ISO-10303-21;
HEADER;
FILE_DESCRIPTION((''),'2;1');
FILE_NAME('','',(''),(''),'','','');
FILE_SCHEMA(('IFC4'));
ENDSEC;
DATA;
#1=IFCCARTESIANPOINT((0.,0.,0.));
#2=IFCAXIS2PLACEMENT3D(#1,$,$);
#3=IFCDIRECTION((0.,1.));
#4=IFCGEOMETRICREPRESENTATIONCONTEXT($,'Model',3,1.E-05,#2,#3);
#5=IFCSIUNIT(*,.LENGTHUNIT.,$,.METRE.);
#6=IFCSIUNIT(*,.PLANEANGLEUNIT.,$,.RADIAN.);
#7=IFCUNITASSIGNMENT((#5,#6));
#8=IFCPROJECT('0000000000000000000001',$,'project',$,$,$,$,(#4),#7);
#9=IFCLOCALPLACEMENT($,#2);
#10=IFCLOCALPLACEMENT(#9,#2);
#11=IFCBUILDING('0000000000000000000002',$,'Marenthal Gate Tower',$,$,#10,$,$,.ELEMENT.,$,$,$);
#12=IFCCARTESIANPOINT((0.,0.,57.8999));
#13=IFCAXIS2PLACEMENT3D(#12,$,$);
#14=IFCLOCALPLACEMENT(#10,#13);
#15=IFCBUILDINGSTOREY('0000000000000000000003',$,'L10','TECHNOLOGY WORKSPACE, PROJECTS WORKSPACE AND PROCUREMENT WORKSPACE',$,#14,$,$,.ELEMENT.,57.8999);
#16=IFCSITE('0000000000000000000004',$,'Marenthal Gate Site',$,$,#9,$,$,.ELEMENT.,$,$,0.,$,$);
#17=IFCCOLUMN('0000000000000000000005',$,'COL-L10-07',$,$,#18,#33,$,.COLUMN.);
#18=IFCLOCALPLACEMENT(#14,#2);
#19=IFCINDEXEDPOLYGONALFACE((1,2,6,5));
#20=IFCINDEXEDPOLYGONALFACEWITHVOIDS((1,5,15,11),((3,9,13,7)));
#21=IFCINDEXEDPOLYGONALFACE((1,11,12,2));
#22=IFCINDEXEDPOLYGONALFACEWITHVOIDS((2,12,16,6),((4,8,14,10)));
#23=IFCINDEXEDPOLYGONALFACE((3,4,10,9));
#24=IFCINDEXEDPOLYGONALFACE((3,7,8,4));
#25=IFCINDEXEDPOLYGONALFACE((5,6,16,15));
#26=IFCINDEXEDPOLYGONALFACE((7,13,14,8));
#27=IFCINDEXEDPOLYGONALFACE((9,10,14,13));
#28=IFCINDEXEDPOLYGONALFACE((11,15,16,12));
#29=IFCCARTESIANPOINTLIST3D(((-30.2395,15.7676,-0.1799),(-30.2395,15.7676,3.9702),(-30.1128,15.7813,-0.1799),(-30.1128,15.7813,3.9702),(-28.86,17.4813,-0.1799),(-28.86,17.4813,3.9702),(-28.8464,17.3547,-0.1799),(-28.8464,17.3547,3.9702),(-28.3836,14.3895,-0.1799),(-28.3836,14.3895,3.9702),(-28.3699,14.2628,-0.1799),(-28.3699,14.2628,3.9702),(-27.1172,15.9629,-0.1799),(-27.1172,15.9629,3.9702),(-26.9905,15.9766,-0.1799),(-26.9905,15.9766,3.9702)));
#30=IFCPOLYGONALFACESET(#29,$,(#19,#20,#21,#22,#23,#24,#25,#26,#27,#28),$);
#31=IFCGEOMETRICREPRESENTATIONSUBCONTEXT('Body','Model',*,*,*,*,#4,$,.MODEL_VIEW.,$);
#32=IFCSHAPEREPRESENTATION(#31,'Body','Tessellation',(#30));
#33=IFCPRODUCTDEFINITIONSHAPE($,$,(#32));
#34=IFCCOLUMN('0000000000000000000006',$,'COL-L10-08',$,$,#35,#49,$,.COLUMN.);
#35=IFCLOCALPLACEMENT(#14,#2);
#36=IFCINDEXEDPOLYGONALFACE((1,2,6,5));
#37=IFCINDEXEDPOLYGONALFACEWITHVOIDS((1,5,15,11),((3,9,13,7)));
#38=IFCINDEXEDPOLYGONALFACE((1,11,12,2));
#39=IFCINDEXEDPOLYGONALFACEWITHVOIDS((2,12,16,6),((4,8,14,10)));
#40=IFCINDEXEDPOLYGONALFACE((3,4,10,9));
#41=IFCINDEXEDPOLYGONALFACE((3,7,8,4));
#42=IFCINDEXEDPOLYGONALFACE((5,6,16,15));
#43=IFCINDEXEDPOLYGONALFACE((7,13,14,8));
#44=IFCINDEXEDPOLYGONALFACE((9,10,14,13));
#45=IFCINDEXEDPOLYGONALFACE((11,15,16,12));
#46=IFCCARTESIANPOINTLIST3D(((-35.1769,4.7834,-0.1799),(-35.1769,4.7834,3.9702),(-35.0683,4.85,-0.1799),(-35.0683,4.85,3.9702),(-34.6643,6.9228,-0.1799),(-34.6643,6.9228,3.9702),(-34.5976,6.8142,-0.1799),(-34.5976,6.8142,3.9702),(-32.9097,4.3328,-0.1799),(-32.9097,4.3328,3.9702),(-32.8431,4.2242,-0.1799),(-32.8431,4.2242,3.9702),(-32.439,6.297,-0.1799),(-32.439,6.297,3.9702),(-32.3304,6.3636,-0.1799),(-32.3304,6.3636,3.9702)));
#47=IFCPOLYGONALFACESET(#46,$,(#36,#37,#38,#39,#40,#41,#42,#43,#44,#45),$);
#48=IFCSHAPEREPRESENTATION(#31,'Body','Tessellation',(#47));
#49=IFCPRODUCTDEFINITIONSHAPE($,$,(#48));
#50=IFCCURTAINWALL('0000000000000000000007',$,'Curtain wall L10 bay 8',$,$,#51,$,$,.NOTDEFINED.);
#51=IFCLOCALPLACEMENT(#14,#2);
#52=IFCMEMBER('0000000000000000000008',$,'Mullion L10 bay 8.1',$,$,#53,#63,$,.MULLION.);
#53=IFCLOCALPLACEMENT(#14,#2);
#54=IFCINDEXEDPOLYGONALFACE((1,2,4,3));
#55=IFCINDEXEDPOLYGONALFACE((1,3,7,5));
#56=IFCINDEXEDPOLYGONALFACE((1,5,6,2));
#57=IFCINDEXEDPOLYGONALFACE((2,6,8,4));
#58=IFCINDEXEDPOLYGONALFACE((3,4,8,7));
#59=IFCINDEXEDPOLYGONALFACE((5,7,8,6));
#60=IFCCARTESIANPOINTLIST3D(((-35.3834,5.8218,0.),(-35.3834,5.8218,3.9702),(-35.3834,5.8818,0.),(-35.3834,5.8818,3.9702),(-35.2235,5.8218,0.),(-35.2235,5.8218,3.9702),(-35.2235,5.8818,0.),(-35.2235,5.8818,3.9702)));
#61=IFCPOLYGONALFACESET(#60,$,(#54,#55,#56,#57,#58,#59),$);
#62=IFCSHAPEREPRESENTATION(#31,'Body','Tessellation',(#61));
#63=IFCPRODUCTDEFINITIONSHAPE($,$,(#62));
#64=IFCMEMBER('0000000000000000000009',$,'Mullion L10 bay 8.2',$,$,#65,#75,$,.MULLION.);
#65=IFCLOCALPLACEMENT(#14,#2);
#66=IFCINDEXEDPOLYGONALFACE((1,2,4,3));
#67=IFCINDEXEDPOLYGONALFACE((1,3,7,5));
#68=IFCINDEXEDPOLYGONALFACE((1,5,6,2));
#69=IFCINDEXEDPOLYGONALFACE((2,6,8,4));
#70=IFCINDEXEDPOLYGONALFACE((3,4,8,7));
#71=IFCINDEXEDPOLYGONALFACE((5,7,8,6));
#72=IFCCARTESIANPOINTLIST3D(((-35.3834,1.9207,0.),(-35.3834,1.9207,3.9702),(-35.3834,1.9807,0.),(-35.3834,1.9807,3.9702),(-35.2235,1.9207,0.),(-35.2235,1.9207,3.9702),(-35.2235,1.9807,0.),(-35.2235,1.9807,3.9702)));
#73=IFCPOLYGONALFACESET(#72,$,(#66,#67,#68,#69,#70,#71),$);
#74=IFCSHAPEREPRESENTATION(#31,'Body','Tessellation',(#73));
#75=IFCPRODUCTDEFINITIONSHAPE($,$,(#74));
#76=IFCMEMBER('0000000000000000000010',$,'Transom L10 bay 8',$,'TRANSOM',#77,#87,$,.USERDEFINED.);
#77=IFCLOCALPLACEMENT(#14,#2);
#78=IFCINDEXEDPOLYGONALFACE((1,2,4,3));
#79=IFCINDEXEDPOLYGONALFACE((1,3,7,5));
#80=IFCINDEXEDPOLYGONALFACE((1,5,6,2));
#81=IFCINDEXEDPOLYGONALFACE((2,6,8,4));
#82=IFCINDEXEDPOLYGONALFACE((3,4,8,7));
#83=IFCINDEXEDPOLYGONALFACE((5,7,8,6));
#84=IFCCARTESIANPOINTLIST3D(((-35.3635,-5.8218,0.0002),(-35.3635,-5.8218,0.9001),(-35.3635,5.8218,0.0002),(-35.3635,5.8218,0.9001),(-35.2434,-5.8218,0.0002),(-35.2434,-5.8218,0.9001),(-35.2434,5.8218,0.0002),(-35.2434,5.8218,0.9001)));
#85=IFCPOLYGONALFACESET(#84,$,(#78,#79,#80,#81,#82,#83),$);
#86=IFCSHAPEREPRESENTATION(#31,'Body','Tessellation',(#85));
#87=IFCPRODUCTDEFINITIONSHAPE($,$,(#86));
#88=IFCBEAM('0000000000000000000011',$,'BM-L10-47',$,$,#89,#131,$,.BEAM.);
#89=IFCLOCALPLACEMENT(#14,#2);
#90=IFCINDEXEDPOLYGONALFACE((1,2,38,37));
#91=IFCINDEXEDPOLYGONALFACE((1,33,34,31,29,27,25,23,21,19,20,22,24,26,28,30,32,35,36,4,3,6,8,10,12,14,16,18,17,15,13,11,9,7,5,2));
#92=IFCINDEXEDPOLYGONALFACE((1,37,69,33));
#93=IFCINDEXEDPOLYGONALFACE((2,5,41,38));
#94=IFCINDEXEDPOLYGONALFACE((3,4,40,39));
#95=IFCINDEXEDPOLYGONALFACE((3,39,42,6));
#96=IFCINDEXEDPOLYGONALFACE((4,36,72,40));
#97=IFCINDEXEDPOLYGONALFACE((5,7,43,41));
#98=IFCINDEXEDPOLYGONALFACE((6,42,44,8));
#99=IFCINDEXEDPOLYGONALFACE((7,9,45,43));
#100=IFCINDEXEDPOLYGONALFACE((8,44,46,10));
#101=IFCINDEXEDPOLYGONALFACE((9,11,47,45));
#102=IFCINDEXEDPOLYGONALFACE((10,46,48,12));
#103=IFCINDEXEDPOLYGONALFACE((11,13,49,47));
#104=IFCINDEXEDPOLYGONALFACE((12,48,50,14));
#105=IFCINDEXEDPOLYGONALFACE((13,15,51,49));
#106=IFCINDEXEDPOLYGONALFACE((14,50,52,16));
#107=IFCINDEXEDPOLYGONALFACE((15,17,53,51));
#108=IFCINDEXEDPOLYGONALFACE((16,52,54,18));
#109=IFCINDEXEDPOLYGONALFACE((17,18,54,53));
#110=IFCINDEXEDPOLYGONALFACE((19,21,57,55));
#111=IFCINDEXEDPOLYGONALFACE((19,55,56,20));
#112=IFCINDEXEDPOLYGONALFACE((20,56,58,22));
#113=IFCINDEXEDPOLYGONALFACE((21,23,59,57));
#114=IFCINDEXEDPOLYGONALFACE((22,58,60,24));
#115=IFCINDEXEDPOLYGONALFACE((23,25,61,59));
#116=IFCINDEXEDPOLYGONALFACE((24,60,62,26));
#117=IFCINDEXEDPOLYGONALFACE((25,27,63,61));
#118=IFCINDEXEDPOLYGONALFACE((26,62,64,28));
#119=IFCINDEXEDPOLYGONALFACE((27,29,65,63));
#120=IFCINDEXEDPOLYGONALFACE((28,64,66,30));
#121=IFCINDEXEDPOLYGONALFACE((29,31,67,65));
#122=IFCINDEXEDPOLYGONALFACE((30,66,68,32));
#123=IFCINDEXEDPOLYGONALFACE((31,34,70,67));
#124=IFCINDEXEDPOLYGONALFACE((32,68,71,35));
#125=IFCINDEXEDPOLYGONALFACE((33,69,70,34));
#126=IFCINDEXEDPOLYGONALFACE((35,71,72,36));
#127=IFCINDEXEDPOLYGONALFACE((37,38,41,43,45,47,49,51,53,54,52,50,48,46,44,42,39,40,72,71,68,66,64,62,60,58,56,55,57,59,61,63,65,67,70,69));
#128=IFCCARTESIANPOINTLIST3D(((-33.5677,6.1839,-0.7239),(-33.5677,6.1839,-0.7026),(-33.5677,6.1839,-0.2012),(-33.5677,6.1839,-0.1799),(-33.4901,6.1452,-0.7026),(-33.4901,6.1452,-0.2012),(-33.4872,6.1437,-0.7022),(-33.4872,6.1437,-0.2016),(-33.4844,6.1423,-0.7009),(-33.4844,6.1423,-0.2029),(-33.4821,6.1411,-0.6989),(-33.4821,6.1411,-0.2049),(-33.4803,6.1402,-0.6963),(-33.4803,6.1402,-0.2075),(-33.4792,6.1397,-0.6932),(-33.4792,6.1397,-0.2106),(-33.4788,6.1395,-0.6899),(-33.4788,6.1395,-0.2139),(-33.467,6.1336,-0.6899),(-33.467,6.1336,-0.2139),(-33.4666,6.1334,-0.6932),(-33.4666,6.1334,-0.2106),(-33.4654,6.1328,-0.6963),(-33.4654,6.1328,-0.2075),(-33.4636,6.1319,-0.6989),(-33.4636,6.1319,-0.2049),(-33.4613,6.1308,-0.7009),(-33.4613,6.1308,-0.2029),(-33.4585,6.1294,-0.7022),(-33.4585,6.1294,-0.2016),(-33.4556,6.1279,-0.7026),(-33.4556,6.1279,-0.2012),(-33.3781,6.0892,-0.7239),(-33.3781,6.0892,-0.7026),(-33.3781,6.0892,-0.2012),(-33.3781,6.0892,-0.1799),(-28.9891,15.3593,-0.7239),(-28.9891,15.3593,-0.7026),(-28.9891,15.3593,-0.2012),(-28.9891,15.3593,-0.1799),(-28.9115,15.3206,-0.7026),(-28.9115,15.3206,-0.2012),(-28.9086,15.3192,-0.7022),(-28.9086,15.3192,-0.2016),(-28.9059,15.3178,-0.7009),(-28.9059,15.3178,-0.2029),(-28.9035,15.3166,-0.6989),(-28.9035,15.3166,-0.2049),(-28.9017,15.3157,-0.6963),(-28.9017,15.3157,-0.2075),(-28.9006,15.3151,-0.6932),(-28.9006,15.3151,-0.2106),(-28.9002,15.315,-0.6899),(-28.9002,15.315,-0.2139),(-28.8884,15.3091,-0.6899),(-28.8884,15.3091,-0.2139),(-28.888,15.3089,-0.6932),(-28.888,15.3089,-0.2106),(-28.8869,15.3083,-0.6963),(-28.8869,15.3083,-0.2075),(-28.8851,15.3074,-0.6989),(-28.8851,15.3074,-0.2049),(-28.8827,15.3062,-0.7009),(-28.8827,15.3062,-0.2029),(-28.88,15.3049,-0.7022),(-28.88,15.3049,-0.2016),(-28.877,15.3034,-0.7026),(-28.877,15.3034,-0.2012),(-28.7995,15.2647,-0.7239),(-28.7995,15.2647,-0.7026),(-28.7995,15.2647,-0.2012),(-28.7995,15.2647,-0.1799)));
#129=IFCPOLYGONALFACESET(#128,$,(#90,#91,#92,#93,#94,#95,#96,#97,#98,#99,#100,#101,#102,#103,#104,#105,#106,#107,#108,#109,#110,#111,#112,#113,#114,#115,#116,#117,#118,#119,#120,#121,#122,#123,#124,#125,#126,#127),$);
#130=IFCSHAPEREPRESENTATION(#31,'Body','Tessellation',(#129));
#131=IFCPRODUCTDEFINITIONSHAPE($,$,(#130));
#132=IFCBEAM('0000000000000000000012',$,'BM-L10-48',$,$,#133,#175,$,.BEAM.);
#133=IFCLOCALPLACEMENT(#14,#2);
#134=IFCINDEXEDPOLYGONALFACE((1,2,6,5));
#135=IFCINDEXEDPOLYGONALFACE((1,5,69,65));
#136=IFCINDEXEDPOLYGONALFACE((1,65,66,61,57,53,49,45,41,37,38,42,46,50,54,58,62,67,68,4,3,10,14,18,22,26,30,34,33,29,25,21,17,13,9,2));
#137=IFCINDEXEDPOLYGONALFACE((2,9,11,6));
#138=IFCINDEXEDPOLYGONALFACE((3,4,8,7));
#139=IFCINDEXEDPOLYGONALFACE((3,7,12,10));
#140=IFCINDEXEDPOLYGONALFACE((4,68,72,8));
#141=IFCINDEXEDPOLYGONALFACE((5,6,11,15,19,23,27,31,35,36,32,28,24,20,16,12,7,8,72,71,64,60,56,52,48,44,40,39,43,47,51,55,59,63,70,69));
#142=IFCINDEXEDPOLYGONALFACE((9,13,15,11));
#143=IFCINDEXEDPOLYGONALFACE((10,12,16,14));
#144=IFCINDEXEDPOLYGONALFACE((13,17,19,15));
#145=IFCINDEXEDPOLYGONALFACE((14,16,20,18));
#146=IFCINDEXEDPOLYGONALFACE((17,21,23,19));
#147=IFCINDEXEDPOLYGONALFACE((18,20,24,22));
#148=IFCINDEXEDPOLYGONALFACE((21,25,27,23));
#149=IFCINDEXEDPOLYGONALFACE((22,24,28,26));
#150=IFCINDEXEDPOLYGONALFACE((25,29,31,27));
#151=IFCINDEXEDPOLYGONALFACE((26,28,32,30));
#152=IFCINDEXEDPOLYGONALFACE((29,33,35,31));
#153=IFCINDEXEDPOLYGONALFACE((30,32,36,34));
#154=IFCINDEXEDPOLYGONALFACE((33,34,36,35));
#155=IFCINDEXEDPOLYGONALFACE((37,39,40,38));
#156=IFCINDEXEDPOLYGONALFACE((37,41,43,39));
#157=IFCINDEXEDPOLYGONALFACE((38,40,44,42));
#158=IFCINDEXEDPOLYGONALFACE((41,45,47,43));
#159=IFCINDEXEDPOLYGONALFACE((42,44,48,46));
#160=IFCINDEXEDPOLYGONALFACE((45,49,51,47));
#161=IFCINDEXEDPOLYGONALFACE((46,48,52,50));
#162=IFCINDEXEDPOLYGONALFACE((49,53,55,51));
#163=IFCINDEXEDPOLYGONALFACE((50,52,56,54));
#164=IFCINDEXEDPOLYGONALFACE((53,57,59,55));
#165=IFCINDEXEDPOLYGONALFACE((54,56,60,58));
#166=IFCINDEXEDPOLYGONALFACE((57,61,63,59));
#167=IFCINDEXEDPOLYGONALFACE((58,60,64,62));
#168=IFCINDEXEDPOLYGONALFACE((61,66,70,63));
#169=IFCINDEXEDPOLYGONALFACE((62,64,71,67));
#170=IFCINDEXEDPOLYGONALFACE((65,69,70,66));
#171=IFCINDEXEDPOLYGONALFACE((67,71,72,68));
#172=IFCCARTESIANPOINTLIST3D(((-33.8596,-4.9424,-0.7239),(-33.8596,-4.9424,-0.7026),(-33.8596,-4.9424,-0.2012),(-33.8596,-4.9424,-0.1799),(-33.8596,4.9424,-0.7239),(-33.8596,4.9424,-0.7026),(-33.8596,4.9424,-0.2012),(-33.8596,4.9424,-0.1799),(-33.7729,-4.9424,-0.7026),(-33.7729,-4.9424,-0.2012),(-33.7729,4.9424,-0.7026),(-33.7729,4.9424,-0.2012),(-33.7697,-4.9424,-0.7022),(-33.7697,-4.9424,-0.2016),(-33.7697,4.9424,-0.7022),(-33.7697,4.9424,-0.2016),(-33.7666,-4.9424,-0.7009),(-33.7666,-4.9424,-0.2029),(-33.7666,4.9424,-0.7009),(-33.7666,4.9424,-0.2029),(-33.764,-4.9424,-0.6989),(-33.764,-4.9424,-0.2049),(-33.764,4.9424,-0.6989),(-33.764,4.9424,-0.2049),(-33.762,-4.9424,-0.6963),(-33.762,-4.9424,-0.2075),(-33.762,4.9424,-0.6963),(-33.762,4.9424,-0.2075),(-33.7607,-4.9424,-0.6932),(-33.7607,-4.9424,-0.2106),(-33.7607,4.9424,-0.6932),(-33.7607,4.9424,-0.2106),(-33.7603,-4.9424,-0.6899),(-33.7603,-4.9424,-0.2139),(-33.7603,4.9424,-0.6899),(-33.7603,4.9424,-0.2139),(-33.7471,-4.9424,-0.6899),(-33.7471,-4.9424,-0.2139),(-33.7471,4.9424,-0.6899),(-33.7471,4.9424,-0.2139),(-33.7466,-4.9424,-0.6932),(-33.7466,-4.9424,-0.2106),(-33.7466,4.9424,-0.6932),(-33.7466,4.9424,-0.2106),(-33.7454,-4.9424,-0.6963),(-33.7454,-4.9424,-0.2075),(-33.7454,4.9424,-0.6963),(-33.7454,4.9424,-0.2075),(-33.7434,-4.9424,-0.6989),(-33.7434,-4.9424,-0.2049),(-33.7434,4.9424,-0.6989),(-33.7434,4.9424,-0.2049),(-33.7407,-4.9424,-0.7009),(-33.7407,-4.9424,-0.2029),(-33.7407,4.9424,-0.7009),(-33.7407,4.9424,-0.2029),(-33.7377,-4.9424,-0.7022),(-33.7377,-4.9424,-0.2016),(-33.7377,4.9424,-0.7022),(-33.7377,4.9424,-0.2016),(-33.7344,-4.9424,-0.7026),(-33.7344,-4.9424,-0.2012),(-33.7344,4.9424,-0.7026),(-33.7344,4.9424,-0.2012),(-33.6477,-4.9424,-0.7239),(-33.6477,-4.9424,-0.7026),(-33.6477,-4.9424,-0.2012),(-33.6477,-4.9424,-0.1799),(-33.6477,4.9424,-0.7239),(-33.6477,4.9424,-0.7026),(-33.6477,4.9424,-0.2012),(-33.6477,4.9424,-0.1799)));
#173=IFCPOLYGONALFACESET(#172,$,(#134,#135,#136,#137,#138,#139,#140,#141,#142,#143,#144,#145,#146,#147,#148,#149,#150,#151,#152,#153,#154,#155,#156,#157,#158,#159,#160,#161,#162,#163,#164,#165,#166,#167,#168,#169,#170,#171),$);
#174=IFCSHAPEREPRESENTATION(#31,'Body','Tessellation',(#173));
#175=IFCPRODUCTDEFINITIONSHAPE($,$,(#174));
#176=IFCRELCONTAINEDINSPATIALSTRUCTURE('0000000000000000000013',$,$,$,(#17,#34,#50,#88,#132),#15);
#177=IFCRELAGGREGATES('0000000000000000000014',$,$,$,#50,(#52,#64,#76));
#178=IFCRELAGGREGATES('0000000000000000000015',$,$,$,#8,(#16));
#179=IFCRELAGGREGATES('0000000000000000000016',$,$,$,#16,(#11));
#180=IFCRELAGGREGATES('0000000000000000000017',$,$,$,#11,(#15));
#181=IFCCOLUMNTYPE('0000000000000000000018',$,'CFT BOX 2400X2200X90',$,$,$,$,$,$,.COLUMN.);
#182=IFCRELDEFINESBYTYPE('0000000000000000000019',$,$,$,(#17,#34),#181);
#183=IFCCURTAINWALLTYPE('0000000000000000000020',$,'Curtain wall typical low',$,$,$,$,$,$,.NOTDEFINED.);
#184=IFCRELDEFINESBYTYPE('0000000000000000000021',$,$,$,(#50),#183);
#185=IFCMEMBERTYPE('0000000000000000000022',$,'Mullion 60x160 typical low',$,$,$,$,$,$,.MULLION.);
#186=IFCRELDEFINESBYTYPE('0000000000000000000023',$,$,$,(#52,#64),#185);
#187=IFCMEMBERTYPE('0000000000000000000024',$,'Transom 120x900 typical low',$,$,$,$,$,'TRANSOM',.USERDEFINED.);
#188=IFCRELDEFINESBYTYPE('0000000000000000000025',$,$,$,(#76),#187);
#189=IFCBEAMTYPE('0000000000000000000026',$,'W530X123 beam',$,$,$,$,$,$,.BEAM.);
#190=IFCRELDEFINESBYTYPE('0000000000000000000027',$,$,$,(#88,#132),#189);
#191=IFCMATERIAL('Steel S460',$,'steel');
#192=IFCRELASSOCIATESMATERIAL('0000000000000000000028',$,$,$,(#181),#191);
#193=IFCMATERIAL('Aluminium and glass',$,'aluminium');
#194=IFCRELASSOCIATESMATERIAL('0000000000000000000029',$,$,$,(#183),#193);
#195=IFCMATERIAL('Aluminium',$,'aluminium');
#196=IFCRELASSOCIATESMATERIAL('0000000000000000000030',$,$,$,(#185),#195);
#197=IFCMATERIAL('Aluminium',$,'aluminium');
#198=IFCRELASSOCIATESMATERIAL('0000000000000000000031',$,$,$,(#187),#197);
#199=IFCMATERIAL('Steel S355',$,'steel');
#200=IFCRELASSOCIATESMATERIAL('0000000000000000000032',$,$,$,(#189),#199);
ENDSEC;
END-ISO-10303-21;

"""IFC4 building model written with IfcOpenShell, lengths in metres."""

from ifc_helpers import new_model, si_unit, direction, frame, origin, origin_2d, place, context, subcontext, project, spatial, rectangle, hollow_rectangle, i_section, extrude, material, material_profile, profile_set, type_object, element, aggregate, save


model = new_model("IFC4")

# Units and contexts
model_context = context("Model", 3, precision=1e-05, world=origin(), true_north=direction((0.0, 1.0)))
body_context = subcontext(model_context, "Body", "Model", "MODEL_VIEW")
ifc_project = project(units=[si_unit("LENGTHUNIT", "METRE"), si_unit("PLANEANGLEUNIT", "RADIAN")], contexts=[model_context])

# Site, building, storey
site_placement = place(None, origin())
site = spatial("IfcSite", under=ifc_project, at=site_placement, Name="Marenthal Gate Site", CompositionType="ELEMENT", RefElevation=0.0)
building_placement = place(site_placement, origin())
building = spatial("IfcBuilding", under=site, at=building_placement, Name="Marenthal Gate Tower", CompositionType="ELEMENT")
storey_placement = place(building_placement, frame((0.0, 0.0, 57.8999)))
storey = spatial("IfcBuildingStorey", under=building, at=storey_placement, Name="L10", Description="TECHNOLOGY WORKSPACE, PROJECTS WORKSPACE AND PROCUREMENT WORKSPACE", CompositionType="ELEMENT", Elevation=57.8999)

# Columns
ifc_material_1 = material(Name="Steel S460", Category="steel")
ifc_material_profile_1 = material_profile(ifc_material_1, hollow_rectangle(XDim=2.2, YDim=2.3999, WallThickness=0.0901, at=origin_2d()), Name="CFT BOX 2400X2200X90")
ifc_material_2 = material(Name="Concrete 70 MPa", Category="concrete")
ifc_material_profile_2 = material_profile(ifc_material_2, rectangle(XDim=2.02, YDim=2.22, at=origin_2d()), Name="CFT BOX 2400X2200X90 INFILL")
ifc_profile_set_1 = profile_set([ifc_material_profile_1, ifc_material_profile_2], Name="Steel S460 shell, Concrete 70 MPa infill")
column_type = type_object("IfcColumnType", Name="CFT BOX 2400X2200X90", PredefinedType="COLUMN", material=ifc_profile_set_1)
for number, where, z_axis, x_axis, name in (
    (1, (-28.615, 15.8721, -0.1799), (0.0, 0.0, 1.0), (0.627023, 0.779001, 0.0), "COL-L10-07"),
    (2, (-33.7537, 5.5735, -0.1799), (0.0, 0.0, 1.0), (0.233019, 0.972472, 0.0), "COL-L10-08"),
):
    element("IfcColumn", number, at=place(storey_placement, frame(where, z_axis=z_axis, x_axis=x_axis)), inside=storey, type_object=column_type, Name=name, PredefinedType="COLUMN", context=body_context, shape_type="SweptSolid", body=[
        extrude(hollow_rectangle(XDim=2.2, YDim=2.3999, WallThickness=0.0901, at=origin_2d()), origin(), (0.0, 0.0, 1.0), 4.1501),
    ])

# Curtain wall, members
ifc_material_3 = material(Name="Aluminium and glass", Category="aluminium")
curtain_wall_type = type_object("IfcCurtainWallType", Name="Curtain wall typical low", PredefinedType="NOTDEFINED", material=ifc_material_3)
curtain_wall_placement = place(storey_placement, origin())
curtain_wall = element("IfcCurtainWall", 3, at=curtain_wall_placement, inside=storey, type_object=curtain_wall_type, Name="Curtain wall L10 bay 8", PredefinedType="NOTDEFINED")
ifc_material_4 = material(Name="Aluminium", Category="aluminium")
ifc_material_profile_3 = material_profile(ifc_material_4, rectangle(XDim=0.1599, YDim=0.0601, at=origin_2d()), Name="60x160 aluminium mullion")
ifc_profile_set_2 = profile_set([ifc_material_profile_3], Name="Aluminium")
member_type_1 = type_object("IfcMemberType", Name="Mullion 60x160 typical low", PredefinedType="MULLION", material=ifc_profile_set_2)
member_1_placement = place(storey_placement, frame((-35.3035, 5.8518, 0.0), z_axis=(0.0, 0.0, 1.0), x_axis=(1.0, 0.0, 0.0)))
member_1 = element("IfcMember", 4, at=member_1_placement, type_object=member_type_1, Name="Mullion L10 bay 8.1", PredefinedType="MULLION", context=body_context, shape_type="SweptSolid", body=[
    extrude(rectangle(XDim=0.1599, YDim=0.0601, at=origin_2d()), origin(), (0.0, 0.0, 1.0), 3.9702),
])
member_2_placement = place(storey_placement, frame((-35.3035, 1.9507, 0.0), z_axis=(0.0, 0.0, 1.0), x_axis=(1.0, 0.0, 0.0)))
member_2 = element("IfcMember", 5, at=member_2_placement, type_object=member_type_1, Name="Mullion L10 bay 8.2", PredefinedType="MULLION", context=body_context, shape_type="SweptSolid", body=[
    extrude(rectangle(XDim=0.1599, YDim=0.0601, at=origin_2d()), origin(), (0.0, 0.0, 1.0), 3.9702),
])
ifc_material_5 = material(Name="Aluminium", Category="aluminium")
ifc_material_profile_4 = material_profile(ifc_material_5, rectangle(XDim=0.1201, YDim=0.8999, at=origin_2d()), Name="120x900 aluminium transom")
ifc_profile_set_3 = profile_set([ifc_material_profile_4], Name="Aluminium")
member_type_2 = type_object("IfcMemberType", Name="Transom 120x900 typical low", ElementType="TRANSOM", PredefinedType="USERDEFINED", material=ifc_profile_set_3)
member_3_placement = place(storey_placement, frame((-35.3035, 5.8218, 0.4502), z_axis=(0.0, -1.0, 0.0), x_axis=(1.0, 0.0, 0.0)))
member_3 = element("IfcMember", 6, at=member_3_placement, type_object=member_type_2, Name="Transom L10 bay 8", ObjectType="TRANSOM", PredefinedType="USERDEFINED", context=body_context, shape_type="SweptSolid", body=[
    extrude(rectangle(XDim=0.1201, YDim=0.8999, at=origin_2d()), origin(), (0.0, 0.0, 1.0), 11.6436),
])

# Beams
ifc_material_6 = material(Name="Steel S355", Category="steel")
ifc_material_profile_5 = material_profile(ifc_material_6, i_section(OverallWidth=0.2119, OverallDepth=0.5439, WebThickness=0.0132, FlangeThickness=0.0212, FilletRadius=0.0127, at=origin_2d()), Name="W530X123")
ifc_profile_set_4 = profile_set([ifc_material_profile_5], Name="Steel S355")
beam_type_1 = type_object("IfcBeamType", Name="W530X123 beam", PredefinedType="BEAM", material=ifc_profile_set_4)
beam_1_placement = place(storey_placement, frame((-28.8943, 15.312, -0.4519), z_axis=(-0.446499, -0.894784, 0.0), x_axis=(0.894784, -0.446499, 0.0)))
element("IfcBeam", 7, at=beam_1_placement, inside=storey, type_object=beam_type_1, Name="BM-L10-47", PredefinedType="BEAM", context=body_context, shape_type="SweptSolid", body=[
    extrude(i_section(OverallWidth=0.2119, OverallDepth=0.5439, WebThickness=0.0132, FlangeThickness=0.0212, FilletRadius=0.0127, at=origin_2d()), origin(), (0.0, 0.0, 1.0), 10.2544),
])
beam_2_placement = place(storey_placement, frame((-33.7537, 4.9424, -0.4519), z_axis=(0.0, -1.0, 0.0), x_axis=(1.0, 0.0, 0.0)))
element("IfcBeam", 8, at=beam_2_placement, inside=storey, type_object=beam_type_1, Name="BM-L10-48", PredefinedType="BEAM", context=body_context, shape_type="SweptSolid", body=[
    extrude(i_section(OverallWidth=0.2119, OverallDepth=0.5439, WebThickness=0.0132, FlangeThickness=0.0212, FilletRadius=0.0127, at=origin_2d()), origin(), (0.0, 0.0, 1.0), 9.8848),
])

aggregate(curtain_wall, [member_1, member_2, member_3])

save(model, "model.ifc")
